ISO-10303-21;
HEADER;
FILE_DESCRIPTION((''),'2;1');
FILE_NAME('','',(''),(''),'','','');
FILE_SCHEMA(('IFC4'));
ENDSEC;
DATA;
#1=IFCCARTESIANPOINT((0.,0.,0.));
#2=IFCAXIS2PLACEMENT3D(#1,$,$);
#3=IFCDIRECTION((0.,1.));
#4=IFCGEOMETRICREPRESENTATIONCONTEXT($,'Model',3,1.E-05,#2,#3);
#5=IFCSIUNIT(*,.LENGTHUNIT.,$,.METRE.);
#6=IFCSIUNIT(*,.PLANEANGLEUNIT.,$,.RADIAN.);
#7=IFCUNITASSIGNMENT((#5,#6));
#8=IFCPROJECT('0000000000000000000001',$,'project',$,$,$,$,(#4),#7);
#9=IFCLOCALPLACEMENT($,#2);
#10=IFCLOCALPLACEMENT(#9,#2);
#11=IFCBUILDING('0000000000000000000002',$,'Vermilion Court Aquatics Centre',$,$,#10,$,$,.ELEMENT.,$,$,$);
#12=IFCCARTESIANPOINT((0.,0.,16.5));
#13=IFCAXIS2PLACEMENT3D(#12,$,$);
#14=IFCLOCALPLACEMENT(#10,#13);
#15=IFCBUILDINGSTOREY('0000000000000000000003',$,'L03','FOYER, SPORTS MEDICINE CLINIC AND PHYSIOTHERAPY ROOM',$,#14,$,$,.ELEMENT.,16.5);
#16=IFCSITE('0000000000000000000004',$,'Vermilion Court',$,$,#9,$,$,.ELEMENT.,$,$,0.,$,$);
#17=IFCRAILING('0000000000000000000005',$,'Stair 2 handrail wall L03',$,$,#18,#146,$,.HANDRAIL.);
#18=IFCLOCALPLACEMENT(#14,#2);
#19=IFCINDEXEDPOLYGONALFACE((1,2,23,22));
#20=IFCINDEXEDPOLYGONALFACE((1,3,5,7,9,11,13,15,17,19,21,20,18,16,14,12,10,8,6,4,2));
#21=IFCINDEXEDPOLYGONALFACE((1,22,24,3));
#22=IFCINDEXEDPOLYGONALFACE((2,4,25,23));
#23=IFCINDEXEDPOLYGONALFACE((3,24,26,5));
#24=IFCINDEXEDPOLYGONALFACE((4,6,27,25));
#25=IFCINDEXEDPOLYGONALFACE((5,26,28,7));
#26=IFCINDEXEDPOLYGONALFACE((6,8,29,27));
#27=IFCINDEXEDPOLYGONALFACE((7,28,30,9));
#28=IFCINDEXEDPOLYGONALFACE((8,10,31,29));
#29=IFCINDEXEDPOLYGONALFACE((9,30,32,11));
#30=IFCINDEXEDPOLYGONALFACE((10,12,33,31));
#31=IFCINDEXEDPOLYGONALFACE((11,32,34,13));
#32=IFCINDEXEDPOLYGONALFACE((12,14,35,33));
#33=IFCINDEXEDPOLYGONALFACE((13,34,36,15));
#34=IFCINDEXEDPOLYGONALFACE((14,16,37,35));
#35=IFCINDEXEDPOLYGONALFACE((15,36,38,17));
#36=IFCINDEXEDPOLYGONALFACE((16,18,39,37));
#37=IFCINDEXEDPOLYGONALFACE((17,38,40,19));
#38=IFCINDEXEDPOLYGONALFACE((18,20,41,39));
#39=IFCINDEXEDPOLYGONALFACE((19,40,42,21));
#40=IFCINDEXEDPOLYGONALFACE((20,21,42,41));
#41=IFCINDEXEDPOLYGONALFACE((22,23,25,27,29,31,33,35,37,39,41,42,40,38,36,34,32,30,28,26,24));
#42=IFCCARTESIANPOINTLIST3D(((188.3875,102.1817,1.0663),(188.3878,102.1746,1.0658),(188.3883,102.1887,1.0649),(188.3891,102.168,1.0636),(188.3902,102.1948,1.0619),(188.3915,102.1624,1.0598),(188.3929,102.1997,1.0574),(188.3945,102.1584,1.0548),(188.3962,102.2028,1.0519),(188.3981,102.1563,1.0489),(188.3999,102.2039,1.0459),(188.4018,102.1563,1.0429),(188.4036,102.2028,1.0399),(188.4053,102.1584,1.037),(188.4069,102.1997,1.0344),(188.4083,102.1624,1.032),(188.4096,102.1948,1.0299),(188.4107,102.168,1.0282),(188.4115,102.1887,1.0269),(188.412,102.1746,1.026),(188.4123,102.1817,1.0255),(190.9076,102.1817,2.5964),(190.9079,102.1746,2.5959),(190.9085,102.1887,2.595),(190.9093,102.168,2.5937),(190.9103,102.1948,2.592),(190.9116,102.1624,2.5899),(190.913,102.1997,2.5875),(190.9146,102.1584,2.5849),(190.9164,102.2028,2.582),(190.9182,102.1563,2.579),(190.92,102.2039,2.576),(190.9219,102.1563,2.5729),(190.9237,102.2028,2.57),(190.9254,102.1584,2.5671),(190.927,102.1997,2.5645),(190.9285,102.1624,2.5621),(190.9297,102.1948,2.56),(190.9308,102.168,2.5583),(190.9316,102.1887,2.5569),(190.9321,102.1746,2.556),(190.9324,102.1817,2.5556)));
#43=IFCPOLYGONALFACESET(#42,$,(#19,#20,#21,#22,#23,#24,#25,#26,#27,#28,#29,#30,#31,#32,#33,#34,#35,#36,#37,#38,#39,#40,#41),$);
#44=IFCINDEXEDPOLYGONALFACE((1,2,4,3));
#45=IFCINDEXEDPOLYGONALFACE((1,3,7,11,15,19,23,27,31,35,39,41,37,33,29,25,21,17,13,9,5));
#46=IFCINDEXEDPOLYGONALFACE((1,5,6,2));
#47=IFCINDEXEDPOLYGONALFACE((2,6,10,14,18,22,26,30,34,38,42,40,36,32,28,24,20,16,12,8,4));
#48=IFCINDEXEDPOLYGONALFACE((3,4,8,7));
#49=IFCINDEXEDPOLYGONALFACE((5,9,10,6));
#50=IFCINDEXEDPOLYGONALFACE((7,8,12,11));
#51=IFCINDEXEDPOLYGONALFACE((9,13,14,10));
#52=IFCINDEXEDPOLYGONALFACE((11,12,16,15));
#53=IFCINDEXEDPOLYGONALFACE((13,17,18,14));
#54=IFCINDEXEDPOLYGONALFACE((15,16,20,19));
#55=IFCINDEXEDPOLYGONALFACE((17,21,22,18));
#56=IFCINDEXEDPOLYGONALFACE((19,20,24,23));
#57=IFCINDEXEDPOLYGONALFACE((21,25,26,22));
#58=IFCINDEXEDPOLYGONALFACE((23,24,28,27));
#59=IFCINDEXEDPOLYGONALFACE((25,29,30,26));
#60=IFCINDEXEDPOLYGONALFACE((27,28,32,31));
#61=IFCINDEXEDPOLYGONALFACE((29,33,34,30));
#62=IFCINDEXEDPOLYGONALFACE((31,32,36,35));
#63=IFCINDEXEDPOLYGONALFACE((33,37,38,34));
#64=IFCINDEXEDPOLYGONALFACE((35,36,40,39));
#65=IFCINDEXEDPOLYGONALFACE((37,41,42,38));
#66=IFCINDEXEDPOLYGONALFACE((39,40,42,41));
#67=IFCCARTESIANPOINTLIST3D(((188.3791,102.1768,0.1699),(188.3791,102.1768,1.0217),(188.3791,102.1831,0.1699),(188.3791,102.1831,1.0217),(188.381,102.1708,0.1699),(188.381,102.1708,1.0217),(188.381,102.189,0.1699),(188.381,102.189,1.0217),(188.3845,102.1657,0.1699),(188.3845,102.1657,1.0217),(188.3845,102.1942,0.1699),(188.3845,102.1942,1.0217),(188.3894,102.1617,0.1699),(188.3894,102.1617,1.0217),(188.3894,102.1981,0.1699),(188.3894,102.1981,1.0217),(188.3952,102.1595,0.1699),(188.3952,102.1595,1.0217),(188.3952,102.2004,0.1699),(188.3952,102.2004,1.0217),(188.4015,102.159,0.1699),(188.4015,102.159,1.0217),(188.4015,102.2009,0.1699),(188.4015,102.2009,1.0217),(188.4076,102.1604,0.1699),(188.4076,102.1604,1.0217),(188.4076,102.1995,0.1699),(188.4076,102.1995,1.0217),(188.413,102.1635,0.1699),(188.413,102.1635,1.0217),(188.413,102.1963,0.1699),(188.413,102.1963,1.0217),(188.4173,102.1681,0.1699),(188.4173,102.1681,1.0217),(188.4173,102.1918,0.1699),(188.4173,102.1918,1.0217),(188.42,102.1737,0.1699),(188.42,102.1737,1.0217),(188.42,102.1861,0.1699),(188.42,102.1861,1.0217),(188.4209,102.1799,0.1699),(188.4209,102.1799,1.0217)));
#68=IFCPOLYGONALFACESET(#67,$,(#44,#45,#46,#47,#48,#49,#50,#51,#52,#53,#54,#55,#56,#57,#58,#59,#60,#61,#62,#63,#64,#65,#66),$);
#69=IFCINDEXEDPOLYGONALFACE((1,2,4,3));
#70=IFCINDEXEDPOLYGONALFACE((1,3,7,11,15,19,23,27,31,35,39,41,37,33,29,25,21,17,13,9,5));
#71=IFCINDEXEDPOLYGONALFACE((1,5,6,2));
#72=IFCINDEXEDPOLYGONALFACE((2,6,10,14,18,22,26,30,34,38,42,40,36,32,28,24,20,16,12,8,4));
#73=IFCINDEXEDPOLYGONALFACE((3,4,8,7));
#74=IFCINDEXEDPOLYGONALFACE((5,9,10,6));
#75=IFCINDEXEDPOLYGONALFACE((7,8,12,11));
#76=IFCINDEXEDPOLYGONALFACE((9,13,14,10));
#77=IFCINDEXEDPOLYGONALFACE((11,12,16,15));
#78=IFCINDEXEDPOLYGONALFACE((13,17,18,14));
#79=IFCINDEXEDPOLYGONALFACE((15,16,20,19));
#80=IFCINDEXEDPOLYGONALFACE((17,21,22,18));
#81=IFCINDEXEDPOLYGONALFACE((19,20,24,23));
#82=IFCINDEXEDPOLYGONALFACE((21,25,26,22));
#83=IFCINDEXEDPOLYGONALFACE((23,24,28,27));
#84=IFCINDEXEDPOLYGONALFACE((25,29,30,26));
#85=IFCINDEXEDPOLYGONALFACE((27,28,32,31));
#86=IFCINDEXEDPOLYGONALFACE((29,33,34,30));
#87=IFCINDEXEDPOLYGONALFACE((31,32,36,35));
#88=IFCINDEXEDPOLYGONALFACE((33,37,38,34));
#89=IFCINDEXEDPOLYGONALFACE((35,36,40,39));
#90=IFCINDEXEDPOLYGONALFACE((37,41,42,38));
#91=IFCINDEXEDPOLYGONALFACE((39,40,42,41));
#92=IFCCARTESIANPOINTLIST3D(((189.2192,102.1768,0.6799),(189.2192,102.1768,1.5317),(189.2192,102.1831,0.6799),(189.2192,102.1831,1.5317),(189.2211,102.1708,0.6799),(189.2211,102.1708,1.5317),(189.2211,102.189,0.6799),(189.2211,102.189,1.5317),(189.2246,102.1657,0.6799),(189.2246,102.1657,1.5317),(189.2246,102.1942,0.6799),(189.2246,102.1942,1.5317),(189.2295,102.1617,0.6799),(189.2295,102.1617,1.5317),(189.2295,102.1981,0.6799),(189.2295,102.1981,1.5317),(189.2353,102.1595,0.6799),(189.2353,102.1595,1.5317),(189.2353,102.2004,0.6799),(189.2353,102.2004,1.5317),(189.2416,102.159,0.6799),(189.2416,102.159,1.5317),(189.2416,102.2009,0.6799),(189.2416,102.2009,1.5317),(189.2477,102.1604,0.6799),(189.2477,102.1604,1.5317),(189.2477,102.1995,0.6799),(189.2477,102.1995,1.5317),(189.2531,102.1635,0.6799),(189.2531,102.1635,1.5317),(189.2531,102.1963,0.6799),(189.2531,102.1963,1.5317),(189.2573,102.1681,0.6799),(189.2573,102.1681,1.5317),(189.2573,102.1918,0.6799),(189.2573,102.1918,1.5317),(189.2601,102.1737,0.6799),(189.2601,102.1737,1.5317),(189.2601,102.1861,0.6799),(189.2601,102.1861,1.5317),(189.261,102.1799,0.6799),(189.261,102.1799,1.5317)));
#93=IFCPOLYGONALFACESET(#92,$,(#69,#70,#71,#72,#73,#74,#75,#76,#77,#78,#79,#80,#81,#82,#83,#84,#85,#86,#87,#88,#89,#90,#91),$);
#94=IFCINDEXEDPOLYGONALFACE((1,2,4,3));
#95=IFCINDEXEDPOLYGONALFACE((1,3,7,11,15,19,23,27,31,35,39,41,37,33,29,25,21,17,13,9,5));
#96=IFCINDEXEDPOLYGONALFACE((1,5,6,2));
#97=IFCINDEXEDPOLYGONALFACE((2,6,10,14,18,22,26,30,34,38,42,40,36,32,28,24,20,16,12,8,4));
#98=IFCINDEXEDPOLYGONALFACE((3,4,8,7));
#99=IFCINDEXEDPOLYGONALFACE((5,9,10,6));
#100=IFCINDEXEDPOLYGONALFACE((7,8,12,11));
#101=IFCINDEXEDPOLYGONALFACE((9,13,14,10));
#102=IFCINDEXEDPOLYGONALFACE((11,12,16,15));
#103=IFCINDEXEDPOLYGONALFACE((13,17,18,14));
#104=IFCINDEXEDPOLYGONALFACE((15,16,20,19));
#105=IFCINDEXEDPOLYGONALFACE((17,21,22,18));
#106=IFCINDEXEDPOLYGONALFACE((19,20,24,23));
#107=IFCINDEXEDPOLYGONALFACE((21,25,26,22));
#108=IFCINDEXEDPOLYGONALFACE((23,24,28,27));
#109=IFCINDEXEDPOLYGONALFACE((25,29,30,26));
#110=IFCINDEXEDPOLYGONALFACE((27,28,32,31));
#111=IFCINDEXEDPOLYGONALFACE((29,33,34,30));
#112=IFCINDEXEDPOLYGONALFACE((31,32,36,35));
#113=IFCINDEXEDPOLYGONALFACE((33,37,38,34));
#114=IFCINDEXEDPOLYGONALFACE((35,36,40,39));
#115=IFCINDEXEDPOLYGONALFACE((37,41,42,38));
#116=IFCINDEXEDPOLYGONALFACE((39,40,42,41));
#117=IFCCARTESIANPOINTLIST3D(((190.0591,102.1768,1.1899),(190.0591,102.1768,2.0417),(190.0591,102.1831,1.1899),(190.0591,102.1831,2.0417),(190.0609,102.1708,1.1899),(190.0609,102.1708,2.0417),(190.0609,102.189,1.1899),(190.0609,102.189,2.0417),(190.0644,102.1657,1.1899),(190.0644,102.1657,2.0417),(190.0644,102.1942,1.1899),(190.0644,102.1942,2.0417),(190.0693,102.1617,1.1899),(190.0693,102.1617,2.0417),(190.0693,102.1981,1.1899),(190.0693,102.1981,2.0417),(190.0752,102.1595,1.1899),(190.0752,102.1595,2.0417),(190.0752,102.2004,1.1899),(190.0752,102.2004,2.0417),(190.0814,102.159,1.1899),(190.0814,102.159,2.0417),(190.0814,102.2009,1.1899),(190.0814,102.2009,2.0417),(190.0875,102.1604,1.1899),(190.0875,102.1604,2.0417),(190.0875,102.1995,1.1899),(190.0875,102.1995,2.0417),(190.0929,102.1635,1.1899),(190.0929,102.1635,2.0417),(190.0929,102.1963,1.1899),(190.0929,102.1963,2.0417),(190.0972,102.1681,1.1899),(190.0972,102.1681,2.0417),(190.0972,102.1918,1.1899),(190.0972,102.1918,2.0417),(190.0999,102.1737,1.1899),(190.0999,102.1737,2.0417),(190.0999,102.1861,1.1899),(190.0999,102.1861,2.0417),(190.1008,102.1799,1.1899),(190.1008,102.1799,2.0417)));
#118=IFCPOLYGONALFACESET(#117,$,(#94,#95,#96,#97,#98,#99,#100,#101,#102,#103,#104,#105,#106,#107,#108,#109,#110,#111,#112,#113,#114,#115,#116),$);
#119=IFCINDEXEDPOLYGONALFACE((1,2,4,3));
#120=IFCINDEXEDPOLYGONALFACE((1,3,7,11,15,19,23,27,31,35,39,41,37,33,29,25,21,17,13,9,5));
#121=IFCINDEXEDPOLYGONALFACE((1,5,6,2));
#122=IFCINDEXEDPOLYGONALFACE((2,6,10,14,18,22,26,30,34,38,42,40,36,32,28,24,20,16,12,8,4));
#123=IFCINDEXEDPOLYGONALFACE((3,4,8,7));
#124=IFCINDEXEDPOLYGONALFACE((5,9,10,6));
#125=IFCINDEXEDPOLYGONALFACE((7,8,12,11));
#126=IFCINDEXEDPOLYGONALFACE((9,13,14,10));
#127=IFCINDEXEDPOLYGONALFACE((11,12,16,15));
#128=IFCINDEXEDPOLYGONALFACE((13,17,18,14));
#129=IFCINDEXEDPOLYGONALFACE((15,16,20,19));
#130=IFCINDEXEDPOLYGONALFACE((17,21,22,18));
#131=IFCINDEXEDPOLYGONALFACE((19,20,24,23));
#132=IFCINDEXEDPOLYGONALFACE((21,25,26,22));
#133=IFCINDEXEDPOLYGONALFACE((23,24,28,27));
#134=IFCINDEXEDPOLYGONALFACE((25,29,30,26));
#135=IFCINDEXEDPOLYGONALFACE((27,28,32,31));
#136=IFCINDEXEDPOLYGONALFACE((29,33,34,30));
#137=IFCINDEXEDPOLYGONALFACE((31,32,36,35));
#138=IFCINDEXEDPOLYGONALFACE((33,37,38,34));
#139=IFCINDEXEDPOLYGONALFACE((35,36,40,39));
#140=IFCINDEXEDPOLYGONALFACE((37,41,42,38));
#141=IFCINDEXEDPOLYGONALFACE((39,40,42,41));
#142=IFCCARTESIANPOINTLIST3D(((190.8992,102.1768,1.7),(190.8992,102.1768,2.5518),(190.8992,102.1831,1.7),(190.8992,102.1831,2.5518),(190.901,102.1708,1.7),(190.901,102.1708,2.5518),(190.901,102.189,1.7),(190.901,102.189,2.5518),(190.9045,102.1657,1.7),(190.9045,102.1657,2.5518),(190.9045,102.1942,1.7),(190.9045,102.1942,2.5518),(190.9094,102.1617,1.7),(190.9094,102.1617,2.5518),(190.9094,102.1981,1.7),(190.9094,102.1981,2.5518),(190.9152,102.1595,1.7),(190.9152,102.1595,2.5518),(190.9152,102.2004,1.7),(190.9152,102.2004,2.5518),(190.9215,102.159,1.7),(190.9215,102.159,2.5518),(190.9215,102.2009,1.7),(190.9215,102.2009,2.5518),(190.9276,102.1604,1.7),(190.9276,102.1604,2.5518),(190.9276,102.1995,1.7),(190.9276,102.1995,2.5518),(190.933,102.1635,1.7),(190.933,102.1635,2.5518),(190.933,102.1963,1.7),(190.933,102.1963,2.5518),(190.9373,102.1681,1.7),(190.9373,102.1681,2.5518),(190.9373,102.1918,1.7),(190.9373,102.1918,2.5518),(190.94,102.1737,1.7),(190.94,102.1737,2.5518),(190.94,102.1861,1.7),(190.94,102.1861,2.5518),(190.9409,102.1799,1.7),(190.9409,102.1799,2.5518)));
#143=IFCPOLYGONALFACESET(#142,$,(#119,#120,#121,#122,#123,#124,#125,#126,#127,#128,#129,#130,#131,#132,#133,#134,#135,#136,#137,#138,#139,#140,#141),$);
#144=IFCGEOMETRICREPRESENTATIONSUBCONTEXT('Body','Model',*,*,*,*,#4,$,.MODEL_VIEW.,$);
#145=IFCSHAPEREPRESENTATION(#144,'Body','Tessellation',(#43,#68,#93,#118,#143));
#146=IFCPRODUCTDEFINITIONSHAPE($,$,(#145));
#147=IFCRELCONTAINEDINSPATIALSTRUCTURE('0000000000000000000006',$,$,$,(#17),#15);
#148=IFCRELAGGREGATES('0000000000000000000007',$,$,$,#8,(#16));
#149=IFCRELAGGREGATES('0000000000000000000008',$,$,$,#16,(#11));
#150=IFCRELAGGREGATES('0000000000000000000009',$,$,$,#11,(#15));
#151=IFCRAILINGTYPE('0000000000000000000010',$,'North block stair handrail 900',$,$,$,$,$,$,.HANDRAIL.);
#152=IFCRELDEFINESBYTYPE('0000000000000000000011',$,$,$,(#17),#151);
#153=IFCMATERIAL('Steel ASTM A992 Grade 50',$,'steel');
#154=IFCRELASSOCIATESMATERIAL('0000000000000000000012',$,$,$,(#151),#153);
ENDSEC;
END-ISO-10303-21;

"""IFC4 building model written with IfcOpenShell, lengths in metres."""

from ifc_helpers import new_model, si_unit, direction, frame, origin, origin_2d, place, context, subcontext, project, spatial, circle, extrude, material, type_object, element, save


model = new_model("IFC4")

# Units and contexts
model_context = context("Model", 3, precision=1e-05, world=origin(), true_north=direction((0.0, 1.0)))
body_context = subcontext(model_context, "Body", "Model", "MODEL_VIEW")
ifc_project = project(units=[si_unit("LENGTHUNIT", "METRE"), si_unit("PLANEANGLEUNIT", "RADIAN")], contexts=[model_context])

# Site, building, storey
site_placement = place(None, origin())
site = spatial("IfcSite", under=ifc_project, at=site_placement, Name="Vermilion Court", CompositionType="ELEMENT", RefElevation=0.0)
building_placement = place(site_placement, origin())
building = spatial("IfcBuilding", under=site, at=building_placement, Name="Vermilion Court Aquatics Centre", CompositionType="ELEMENT")
storey_placement = place(building_placement, frame((0.0, 0.0, 16.5)))
storey = spatial("IfcBuildingStorey", under=building, at=storey_placement, Name="L03", Description="FOYER, SPORTS MEDICINE CLINIC AND PHYSIOTHERAPY ROOM", CompositionType="ELEMENT", Elevation=16.5)

# Railing
ifc_material_1 = material(Name="Steel ASTM A992 Grade 50", Category="steel")
railing_type_1 = type_object("IfcRailingType", Name="North block stair handrail 900", PredefinedType="HANDRAIL", material=ifc_material_1)
for number, where, name in (
    (1, (188.3999, 102.1799, 0.1699), "Stair 2 handrail wall L03"),
):
    element("IfcRailing", number, at=place(storey_placement, frame(where)), inside=storey, type_object=railing_type_1, Name=name, PredefinedType="HANDRAIL", context=body_context, shape_type="SweptSolid", body=[
        extrude(circle(Radius=0.0239, at=origin_2d()), frame((0.0, 0.0, 0.876), z_axis=(0.854785, 0.0, 0.518982), x_axis=(0.0, 1.0, 0.0)), (0.0, 0.0, 1.0), 2.9482),
        extrude(circle(Radius=0.021, at=origin_2d()), origin(), (0.0, 0.0, 1.0), 0.8518),
        extrude(circle(Radius=0.021, at=origin_2d()), frame((0.8401, 0.0, 0.51)), (0.0, 0.0, 1.0), 0.8518),
        extrude(circle(Radius=0.021, at=origin_2d()), frame((1.6799, 0.0, 1.02)), (0.0, 0.0, 1.0), 0.8518),
        extrude(circle(Radius=0.021, at=origin_2d()), frame((2.52, 0.0, 1.53)), (0.0, 0.0, 1.0), 0.8518),
    ])

save(model, "model.ifc")
